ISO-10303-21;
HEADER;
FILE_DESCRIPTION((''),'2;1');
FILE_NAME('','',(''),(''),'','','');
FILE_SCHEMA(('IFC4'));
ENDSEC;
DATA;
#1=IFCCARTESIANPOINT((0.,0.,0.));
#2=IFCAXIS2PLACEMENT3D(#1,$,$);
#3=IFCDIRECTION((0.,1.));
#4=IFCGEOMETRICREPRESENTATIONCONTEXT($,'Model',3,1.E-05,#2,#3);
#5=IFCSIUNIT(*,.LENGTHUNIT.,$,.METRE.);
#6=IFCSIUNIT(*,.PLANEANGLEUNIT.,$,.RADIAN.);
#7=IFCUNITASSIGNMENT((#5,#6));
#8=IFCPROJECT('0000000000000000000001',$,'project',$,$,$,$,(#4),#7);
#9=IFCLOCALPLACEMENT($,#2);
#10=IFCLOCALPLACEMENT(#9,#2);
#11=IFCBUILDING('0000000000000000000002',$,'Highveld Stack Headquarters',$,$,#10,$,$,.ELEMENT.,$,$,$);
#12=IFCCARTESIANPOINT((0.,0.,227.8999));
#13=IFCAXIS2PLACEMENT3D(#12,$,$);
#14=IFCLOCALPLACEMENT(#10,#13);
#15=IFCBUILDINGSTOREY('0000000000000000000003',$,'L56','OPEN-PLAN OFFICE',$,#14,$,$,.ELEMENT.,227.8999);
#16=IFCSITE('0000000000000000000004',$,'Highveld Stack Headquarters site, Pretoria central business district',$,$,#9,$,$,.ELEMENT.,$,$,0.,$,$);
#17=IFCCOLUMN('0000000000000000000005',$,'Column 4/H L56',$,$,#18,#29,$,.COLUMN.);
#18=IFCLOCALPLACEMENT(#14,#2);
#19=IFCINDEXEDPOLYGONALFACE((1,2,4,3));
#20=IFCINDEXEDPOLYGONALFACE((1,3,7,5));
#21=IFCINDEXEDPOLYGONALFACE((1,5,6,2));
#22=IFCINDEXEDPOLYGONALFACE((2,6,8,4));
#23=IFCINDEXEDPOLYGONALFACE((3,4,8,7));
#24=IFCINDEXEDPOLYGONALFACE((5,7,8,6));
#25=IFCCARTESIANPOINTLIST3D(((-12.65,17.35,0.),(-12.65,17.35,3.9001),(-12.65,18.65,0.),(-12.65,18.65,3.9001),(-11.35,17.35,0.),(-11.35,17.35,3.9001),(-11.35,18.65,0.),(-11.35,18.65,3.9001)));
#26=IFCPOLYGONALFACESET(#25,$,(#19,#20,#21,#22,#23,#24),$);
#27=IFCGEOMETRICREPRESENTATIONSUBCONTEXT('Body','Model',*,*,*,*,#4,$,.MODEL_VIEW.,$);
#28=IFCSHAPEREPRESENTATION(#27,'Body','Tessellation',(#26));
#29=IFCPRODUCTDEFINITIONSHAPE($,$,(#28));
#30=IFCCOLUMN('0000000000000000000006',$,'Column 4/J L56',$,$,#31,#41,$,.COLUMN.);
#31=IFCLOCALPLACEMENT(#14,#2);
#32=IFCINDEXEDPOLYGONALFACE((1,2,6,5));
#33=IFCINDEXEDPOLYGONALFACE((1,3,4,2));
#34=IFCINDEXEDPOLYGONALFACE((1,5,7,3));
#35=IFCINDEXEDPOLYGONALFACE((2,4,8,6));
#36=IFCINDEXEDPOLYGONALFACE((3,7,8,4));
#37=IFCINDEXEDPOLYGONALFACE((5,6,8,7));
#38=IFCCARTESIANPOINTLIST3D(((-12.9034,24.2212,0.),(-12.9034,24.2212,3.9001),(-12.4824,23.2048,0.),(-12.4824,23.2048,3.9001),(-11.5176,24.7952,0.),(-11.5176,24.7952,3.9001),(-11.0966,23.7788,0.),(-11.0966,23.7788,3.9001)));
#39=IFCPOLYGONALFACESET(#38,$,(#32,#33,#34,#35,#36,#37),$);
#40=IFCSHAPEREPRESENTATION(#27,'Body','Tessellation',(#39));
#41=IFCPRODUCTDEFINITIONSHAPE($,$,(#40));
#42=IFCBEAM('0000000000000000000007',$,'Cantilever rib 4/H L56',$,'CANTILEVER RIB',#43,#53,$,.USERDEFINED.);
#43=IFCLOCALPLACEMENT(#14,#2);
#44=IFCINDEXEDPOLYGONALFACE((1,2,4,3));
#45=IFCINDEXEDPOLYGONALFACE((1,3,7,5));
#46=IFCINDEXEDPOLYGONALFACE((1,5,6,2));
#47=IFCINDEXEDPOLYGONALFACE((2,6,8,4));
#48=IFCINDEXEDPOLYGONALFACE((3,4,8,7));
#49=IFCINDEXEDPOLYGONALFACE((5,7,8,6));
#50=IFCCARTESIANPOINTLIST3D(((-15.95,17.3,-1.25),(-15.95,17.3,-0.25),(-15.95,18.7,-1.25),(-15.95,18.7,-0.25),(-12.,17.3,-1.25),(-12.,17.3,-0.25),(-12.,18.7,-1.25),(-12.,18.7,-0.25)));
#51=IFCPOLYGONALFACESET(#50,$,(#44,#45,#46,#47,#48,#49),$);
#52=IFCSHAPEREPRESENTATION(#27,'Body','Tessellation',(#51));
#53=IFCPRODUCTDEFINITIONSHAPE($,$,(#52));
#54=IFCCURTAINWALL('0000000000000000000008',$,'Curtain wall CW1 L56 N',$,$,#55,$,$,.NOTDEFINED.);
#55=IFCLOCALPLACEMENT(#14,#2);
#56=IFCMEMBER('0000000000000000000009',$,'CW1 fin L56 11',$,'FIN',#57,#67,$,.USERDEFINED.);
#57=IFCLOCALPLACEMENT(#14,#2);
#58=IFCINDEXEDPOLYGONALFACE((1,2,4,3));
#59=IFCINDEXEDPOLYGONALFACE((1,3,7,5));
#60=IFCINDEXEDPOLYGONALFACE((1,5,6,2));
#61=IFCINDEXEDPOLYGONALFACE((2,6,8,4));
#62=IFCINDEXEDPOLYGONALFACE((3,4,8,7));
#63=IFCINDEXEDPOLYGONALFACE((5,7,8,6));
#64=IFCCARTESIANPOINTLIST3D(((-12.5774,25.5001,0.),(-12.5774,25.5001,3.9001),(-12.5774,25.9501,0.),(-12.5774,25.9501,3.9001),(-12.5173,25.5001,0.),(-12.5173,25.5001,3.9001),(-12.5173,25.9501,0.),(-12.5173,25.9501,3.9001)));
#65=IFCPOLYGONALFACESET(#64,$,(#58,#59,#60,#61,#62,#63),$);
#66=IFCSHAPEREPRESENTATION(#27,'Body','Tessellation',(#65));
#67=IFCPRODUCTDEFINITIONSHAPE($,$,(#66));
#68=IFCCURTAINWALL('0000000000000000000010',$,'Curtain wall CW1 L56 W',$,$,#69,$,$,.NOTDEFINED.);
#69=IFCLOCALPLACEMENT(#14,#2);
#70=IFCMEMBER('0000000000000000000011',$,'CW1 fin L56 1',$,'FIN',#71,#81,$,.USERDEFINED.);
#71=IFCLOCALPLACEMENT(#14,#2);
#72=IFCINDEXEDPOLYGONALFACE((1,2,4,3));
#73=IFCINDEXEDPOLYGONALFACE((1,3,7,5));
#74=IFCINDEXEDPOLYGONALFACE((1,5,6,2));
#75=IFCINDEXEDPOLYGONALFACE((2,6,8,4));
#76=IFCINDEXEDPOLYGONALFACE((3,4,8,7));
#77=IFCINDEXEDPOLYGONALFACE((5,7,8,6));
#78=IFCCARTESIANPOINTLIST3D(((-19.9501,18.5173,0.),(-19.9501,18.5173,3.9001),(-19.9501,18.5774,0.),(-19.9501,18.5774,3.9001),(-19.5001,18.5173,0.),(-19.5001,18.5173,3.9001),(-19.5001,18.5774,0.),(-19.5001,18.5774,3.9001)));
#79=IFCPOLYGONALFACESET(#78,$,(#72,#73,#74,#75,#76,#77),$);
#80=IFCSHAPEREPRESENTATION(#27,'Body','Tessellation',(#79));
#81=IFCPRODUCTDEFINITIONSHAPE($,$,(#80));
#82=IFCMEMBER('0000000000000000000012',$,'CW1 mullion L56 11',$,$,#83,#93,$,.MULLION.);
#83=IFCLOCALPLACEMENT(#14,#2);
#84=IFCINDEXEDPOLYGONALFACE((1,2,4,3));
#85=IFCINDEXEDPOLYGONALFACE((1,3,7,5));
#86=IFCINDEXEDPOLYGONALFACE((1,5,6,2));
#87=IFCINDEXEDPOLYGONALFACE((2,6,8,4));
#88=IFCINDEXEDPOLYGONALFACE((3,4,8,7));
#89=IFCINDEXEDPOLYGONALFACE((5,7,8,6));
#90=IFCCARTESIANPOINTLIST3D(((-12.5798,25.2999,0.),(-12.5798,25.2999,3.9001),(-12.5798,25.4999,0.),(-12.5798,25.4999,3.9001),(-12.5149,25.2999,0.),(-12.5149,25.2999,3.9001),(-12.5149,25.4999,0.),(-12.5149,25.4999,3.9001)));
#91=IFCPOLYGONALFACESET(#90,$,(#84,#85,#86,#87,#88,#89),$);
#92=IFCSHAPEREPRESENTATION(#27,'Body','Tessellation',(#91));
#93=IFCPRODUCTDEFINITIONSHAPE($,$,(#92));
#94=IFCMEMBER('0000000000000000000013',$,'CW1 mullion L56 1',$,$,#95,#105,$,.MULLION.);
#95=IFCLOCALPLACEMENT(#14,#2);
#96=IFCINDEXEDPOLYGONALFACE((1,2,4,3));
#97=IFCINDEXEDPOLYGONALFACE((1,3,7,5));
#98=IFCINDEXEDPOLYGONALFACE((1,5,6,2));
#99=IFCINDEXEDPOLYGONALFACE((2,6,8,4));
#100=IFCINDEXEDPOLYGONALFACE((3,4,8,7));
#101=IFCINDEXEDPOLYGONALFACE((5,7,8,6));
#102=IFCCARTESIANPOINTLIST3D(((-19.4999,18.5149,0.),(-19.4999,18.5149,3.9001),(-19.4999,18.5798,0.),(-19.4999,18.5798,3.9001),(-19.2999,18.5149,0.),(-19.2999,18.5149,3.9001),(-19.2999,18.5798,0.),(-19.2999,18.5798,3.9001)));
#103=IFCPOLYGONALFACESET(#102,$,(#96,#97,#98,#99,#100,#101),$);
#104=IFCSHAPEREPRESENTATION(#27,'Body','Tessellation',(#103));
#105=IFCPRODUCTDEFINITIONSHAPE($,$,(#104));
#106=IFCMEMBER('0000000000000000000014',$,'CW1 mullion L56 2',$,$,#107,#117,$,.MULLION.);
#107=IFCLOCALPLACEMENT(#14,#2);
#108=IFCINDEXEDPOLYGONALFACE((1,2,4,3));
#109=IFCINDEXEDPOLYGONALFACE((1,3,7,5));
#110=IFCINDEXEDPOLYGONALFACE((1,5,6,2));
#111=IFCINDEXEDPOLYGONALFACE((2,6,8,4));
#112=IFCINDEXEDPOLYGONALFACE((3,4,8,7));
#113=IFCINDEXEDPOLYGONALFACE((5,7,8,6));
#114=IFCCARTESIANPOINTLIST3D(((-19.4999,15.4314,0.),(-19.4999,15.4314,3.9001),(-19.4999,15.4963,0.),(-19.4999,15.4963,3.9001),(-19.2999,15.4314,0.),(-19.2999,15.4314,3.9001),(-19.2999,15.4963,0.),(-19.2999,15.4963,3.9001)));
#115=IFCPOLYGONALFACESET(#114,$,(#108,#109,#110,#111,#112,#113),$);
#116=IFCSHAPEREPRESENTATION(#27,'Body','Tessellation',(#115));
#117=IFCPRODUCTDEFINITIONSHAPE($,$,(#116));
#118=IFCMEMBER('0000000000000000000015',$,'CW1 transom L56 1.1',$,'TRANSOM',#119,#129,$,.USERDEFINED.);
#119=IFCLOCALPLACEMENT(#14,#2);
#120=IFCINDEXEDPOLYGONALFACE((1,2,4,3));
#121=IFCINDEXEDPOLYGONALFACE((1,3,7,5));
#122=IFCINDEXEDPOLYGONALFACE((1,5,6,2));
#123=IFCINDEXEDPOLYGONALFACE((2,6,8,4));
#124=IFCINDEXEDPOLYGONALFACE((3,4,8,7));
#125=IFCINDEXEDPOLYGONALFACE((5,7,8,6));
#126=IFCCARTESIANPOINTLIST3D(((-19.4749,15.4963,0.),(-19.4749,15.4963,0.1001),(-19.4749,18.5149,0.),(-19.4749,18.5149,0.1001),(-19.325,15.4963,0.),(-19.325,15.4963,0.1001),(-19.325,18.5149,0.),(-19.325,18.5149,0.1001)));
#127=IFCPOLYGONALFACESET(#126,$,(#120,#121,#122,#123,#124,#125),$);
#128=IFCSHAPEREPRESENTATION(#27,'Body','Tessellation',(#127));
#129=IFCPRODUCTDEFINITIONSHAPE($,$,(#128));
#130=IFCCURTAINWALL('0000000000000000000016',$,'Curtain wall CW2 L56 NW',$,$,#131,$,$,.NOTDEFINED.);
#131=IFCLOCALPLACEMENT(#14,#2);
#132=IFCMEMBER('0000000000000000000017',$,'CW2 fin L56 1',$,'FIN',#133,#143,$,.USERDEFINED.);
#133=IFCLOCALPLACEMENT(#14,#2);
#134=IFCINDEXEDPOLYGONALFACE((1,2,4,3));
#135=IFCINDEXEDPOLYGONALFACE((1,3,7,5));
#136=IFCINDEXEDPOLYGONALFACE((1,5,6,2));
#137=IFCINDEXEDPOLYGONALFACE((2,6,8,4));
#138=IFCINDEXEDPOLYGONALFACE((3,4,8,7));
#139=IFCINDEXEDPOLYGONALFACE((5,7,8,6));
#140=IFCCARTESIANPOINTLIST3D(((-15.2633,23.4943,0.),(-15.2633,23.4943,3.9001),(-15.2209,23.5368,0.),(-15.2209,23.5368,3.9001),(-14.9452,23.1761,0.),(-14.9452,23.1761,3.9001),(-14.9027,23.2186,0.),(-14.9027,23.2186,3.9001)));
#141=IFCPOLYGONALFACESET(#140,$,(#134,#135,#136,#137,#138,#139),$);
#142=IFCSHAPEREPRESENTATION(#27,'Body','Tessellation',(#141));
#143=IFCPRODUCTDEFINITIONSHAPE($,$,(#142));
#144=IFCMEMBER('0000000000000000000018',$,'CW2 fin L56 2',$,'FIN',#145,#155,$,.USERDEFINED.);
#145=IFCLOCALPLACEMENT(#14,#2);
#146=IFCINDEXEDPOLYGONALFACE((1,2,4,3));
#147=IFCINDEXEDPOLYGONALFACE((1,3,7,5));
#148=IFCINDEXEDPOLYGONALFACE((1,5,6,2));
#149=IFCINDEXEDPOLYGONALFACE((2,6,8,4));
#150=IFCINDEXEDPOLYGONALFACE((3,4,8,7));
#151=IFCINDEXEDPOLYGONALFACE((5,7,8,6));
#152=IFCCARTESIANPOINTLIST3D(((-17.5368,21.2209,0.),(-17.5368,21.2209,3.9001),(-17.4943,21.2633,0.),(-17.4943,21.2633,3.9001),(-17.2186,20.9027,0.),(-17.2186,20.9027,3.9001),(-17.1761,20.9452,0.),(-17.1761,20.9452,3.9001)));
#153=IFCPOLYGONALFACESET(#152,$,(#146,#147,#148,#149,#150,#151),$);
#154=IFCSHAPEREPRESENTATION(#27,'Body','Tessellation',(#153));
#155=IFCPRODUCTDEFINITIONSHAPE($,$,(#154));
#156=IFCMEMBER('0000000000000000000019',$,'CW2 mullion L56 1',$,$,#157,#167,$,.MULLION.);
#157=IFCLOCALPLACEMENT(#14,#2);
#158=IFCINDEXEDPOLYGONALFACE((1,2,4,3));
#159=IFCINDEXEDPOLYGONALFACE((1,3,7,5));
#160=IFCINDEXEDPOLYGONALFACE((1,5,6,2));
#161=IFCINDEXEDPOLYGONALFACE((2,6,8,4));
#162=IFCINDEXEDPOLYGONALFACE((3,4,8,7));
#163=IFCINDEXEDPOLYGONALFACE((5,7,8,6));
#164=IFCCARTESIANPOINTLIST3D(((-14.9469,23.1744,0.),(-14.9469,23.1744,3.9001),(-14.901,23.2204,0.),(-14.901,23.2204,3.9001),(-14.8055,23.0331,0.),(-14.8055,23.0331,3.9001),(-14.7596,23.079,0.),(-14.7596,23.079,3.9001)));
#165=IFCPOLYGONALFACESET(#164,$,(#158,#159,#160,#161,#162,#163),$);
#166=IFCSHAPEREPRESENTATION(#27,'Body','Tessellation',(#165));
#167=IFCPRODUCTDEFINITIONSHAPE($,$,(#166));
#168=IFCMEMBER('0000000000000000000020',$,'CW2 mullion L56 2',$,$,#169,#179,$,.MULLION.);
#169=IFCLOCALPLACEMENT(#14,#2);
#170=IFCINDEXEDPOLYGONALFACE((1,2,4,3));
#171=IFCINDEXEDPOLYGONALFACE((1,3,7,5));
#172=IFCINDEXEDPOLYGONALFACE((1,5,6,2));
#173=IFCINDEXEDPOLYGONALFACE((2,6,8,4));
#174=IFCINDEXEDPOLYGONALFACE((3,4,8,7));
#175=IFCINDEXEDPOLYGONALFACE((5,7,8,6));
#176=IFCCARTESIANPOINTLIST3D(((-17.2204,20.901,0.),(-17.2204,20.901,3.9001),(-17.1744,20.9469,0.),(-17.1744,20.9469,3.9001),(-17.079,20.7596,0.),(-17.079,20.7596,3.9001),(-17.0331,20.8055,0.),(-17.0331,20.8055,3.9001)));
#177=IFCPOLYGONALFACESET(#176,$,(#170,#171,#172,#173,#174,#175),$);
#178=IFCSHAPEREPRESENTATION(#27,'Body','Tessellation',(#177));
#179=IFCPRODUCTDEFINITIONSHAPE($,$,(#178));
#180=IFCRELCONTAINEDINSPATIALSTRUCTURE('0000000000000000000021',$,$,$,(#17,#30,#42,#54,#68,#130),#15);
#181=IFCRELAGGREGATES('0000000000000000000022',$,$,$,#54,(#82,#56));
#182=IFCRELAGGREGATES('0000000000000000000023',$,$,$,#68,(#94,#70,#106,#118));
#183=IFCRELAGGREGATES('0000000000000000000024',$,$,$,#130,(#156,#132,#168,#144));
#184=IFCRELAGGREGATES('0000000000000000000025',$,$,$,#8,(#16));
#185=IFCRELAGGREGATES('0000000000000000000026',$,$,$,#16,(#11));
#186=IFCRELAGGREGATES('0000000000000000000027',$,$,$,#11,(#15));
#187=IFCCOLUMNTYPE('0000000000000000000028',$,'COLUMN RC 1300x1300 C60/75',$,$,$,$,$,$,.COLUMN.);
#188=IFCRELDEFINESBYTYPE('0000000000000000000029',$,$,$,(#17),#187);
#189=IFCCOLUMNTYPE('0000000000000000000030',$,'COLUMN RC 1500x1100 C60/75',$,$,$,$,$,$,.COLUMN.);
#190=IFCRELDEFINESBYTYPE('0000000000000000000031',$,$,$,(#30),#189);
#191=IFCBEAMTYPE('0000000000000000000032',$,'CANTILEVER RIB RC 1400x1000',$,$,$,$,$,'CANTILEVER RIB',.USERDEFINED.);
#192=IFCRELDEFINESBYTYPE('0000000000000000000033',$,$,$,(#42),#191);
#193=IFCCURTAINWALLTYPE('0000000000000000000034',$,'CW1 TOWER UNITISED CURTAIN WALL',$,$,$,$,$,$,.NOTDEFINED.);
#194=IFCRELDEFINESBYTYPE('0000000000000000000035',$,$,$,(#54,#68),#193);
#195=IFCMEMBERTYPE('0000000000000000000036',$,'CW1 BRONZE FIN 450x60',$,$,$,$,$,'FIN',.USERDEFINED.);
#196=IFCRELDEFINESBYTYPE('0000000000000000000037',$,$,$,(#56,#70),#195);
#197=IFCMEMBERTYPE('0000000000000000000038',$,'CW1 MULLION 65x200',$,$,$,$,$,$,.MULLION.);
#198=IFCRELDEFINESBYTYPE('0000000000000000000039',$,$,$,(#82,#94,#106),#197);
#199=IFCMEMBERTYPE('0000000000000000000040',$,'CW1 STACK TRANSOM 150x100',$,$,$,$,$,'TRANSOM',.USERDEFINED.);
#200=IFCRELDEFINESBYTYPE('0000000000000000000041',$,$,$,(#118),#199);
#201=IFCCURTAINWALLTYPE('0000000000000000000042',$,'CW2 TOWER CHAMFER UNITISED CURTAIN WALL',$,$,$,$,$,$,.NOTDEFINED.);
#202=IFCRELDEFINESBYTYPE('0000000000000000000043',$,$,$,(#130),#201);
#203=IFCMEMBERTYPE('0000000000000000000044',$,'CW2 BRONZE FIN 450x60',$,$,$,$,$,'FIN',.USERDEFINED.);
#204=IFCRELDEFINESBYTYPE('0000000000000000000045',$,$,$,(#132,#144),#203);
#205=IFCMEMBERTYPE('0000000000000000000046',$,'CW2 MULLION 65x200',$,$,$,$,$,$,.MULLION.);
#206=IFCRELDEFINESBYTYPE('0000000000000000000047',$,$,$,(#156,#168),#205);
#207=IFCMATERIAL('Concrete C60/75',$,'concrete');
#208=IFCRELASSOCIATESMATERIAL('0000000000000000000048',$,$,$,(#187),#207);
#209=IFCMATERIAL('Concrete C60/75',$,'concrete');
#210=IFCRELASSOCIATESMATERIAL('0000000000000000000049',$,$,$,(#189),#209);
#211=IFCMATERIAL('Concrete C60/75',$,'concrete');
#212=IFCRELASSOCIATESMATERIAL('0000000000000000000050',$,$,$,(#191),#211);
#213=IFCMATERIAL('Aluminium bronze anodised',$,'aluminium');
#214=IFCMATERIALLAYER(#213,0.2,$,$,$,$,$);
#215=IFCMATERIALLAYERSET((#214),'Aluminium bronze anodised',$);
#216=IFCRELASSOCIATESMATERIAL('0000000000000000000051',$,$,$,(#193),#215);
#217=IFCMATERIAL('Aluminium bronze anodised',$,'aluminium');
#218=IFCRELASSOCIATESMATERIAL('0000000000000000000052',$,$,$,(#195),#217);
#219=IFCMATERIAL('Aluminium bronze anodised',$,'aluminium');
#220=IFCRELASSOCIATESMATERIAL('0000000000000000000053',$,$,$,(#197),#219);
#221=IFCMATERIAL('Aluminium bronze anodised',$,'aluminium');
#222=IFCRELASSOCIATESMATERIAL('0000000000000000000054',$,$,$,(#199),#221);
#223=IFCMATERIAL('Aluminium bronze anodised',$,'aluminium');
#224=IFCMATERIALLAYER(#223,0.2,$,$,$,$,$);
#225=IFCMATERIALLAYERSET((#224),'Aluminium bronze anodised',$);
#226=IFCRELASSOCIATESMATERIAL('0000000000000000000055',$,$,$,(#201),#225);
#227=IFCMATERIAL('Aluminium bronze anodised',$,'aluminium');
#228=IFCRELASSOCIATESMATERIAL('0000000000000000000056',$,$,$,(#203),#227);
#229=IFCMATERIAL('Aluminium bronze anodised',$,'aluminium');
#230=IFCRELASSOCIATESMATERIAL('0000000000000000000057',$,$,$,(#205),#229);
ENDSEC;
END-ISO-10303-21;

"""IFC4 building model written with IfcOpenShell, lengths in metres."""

from ifc_helpers import new_model, si_unit, direction, frame, origin, origin_2d, place, context, subcontext, project, spatial, rectangle, extrude, material, layer, layer_set, material_profile, profile_set, type_object, element, aggregate, save


model = new_model("IFC4")

# Units and contexts
model_context = context("Model", 3, precision=1e-05, world=origin(), true_north=direction((0.0, 1.0)))
body_context = subcontext(model_context, "Body", "Model", "MODEL_VIEW")
ifc_project = project(units=[si_unit("LENGTHUNIT", "METRE"), si_unit("PLANEANGLEUNIT", "RADIAN")], contexts=[model_context])

# Site, building, storey
site_placement = place(None, origin())
site = spatial("IfcSite", under=ifc_project, at=site_placement, Name="Highveld Stack Headquarters site, Pretoria central business district", CompositionType="ELEMENT", RefElevation=0.0)
building_placement = place(site_placement, origin())
building = spatial("IfcBuilding", under=site, at=building_placement, Name="Highveld Stack Headquarters", CompositionType="ELEMENT")
storey_placement = place(building_placement, frame((0.0, 0.0, 227.8999)))
storey = spatial("IfcBuildingStorey", under=building, at=storey_placement, Name="L56", Description="OPEN-PLAN OFFICE", CompositionType="ELEMENT", Elevation=227.8999)

# Columns
ifc_material_1 = material(Name="Concrete C60/75", Category="concrete")
ifc_material_profile_1 = material_profile(ifc_material_1, rectangle(XDim=1.3, YDim=1.3, at=origin_2d()), Name="RC 1300x1300")
ifc_profile_set_1 = profile_set([ifc_material_profile_1], Name="Concrete C60/75")
column_type_1 = type_object("IfcColumnType", Name="COLUMN RC 1300x1300 C60/75", PredefinedType="COLUMN", material=ifc_profile_set_1)
column_1_placement = place(storey_placement, frame((-12.0, 18.0, 0.0), z_axis=(0.0, 0.0, 1.0), x_axis=(1.0, 0.0, 0.0)))
element("IfcColumn", 1, at=column_1_placement, inside=storey, type_object=column_type_1, Name="Column 4/H L56", PredefinedType="COLUMN", context=body_context, shape_type="SweptSolid", body=[
    extrude(rectangle(XDim=1.3, YDim=1.3, at=origin_2d()), origin(), (0.0, 0.0, 1.0), 3.9001),
])
ifc_material_2 = material(Name="Concrete C60/75", Category="concrete")
ifc_material_profile_2 = material_profile(ifc_material_2, rectangle(XDim=1.5, YDim=1.1001, at=origin_2d()), Name="RC 1500x1100")
ifc_profile_set_2 = profile_set([ifc_material_profile_2], Name="Concrete C60/75")
column_type_2 = type_object("IfcColumnType", Name="COLUMN RC 1500x1100 C60/75", PredefinedType="COLUMN", material=ifc_profile_set_2)
column_2_placement = place(storey_placement, frame((-12.0, 24.0, 0.0), z_axis=(0.0, 0.0, 1.0), x_axis=(0.92388, 0.382683, 0.0)))
element("IfcColumn", 2, at=column_2_placement, inside=storey, type_object=column_type_2, Name="Column 4/J L56", PredefinedType="COLUMN", context=body_context, shape_type="SweptSolid", body=[
    extrude(rectangle(XDim=1.5, YDim=1.1001, at=origin_2d()), origin(), (0.0, 0.0, 1.0), 3.9001),
])

# Beam
ifc_material_3 = material(Name="Concrete C60/75", Category="concrete")
ifc_material_profile_3 = material_profile(ifc_material_3, rectangle(XDim=1.3999, YDim=1.0, at=origin_2d()), Name="RC 1400x1000")
ifc_profile_set_3 = profile_set([ifc_material_profile_3], Name="Concrete C60/75")
beam_type = type_object("IfcBeamType", Name="CANTILEVER RIB RC 1400x1000", ElementType="CANTILEVER RIB", PredefinedType="USERDEFINED", material=ifc_profile_set_3)
beam_placement = place(storey_placement, frame((-12.0, 18.0, -0.75), z_axis=(-1.0, 0.0, 0.0), x_axis=(0.0, -1.0, 0.0)))
element("IfcBeam", 3, at=beam_placement, inside=storey, type_object=beam_type, Name="Cantilever rib 4/H L56", ObjectType="CANTILEVER RIB", PredefinedType="USERDEFINED", context=body_context, shape_type="SweptSolid", body=[
    extrude(rectangle(XDim=1.3999, YDim=1.0, at=origin_2d()), origin(), (0.0, 0.0, 1.0), 3.95),
])

# Curtain walls, members
ifc_material_4 = material(Name="Aluminium bronze anodised", Category="aluminium")
ifc_layer_1 = layer(ifc_material_4, 0.2)
ifc_layer_set_1 = layer_set([ifc_layer_1], Name="Aluminium bronze anodised")
curtain_wall_type_1 = type_object("IfcCurtainWallType", Name="CW1 TOWER UNITISED CURTAIN WALL", PredefinedType="NOTDEFINED", material=ifc_layer_set_1)
curtain_wall_1_placement = place(storey_placement, origin())
curtain_wall_1 = element("IfcCurtainWall", 4, at=curtain_wall_1_placement, inside=storey, type_object=curtain_wall_type_1, Name="Curtain wall CW1 L56 N", PredefinedType="NOTDEFINED")
ifc_material_5 = material(Name="Aluminium bronze anodised", Category="aluminium")
ifc_material_profile_4 = material_profile(ifc_material_5, rectangle(XDim=0.45, YDim=0.0601, at=origin_2d()), Name="FIN 450x60")
ifc_profile_set_4 = profile_set([ifc_material_profile_4], Name="Aluminium bronze anodised")
member_type_1 = type_object("IfcMemberType", Name="CW1 BRONZE FIN 450x60", ElementType="FIN", PredefinedType="USERDEFINED", material=ifc_profile_set_4)
member_1_placement = place(storey_placement, frame((-12.5474, 25.7251, 0.0), z_axis=(0.0, 0.0, 1.0), x_axis=(0.0, -1.0, 0.0)))
member_1 = element("IfcMember", 5, at=member_1_placement, type_object=member_type_1, Name="CW1 fin L56 11", ObjectType="FIN", PredefinedType="USERDEFINED", context=body_context, shape_type="SweptSolid", body=[
    extrude(rectangle(XDim=0.45, YDim=0.0601, at=origin_2d()), origin(), (0.0, 0.0, 1.0), 3.9001),
])
curtain_wall_2_placement = place(storey_placement, origin())
curtain_wall_2 = element("IfcCurtainWall", 6, at=curtain_wall_2_placement, inside=storey, type_object=curtain_wall_type_1, Name="Curtain wall CW1 L56 W", PredefinedType="NOTDEFINED")
member_2_placement = place(storey_placement, frame((-19.7251, 18.5474, 0.0), z_axis=(0.0, 0.0, 1.0), x_axis=(1.0, 0.0, 0.0)))
member_2 = element("IfcMember", 7, at=member_2_placement, type_object=member_type_1, Name="CW1 fin L56 1", ObjectType="FIN", PredefinedType="USERDEFINED", context=body_context, shape_type="SweptSolid", body=[
    extrude(rectangle(XDim=0.45, YDim=0.0601, at=origin_2d()), origin(), (0.0, 0.0, 1.0), 3.9001),
])

# Members
ifc_material_6 = material(Name="Aluminium bronze anodised", Category="aluminium")
ifc_material_profile_5 = material_profile(ifc_material_6, rectangle(XDim=0.2, YDim=0.0649, at=origin_2d()), Name="CW1 MULLION 65x200")
ifc_profile_set_5 = profile_set([ifc_material_profile_5], Name="Aluminium bronze anodised")
member_type_2 = type_object("IfcMemberType", Name="CW1 MULLION 65x200", PredefinedType="MULLION", material=ifc_profile_set_5)
member_3_placement = place(storey_placement, frame((-12.5474, 25.3999, 0.0), z_axis=(0.0, 0.0, 1.0), x_axis=(0.0, -1.0, 0.0)))
member_3 = element("IfcMember", 8, at=member_3_placement, type_object=member_type_2, Name="CW1 mullion L56 11", PredefinedType="MULLION", context=body_context, shape_type="SweptSolid", body=[
    extrude(rectangle(XDim=0.2, YDim=0.0649, at=origin_2d()), origin(), (0.0, 0.0, 1.0), 3.9001),
])
member_4_placement = place(storey_placement, frame((-19.3999, 18.5474, 0.0), z_axis=(0.0, 0.0, 1.0), x_axis=(1.0, 0.0, 0.0)))
member_4 = element("IfcMember", 9, at=member_4_placement, type_object=member_type_2, Name="CW1 mullion L56 1", PredefinedType="MULLION", context=body_context, shape_type="SweptSolid", body=[
    extrude(rectangle(XDim=0.2, YDim=0.0649, at=origin_2d()), origin(), (0.0, 0.0, 1.0), 3.9001),
])
member_5_placement = place(storey_placement, frame((-19.3999, 15.4639, 0.0), z_axis=(0.0, 0.0, 1.0), x_axis=(1.0, 0.0, 0.0)))
member_5 = element("IfcMember", 10, at=member_5_placement, type_object=member_type_2, Name="CW1 mullion L56 2", PredefinedType="MULLION", context=body_context, shape_type="SweptSolid", body=[
    extrude(rectangle(XDim=0.2, YDim=0.0649, at=origin_2d()), origin(), (0.0, 0.0, 1.0), 3.9001),
])
ifc_material_7 = material(Name="Aluminium bronze anodised", Category="aluminium")
ifc_material_profile_6 = material_profile(ifc_material_7, rectangle(XDim=0.1499, YDim=0.1001, at=origin_2d()), Name="CW1 TRANSOM 150x100")
ifc_profile_set_6 = profile_set([ifc_material_profile_6], Name="Aluminium bronze anodised")
member_type_3 = type_object("IfcMemberType", Name="CW1 STACK TRANSOM 150x100", ElementType="TRANSOM", PredefinedType="USERDEFINED", material=ifc_profile_set_6)
member_6_placement = place(storey_placement, frame((-19.3999, 18.5149, 0.05), z_axis=(0.0, -1.0, 0.0), x_axis=(1.0, 0.0, 0.0)))
member_6 = element("IfcMember", 11, at=member_6_placement, type_object=member_type_3, Name="CW1 transom L56 1.1", ObjectType="TRANSOM", PredefinedType="USERDEFINED", context=body_context, shape_type="SweptSolid", body=[
    extrude(rectangle(XDim=0.1499, YDim=0.1001, at=origin_2d()), origin(), (0.0, 0.0, 1.0), 3.0186),
])

# Curtain wall, members
ifc_material_8 = material(Name="Aluminium bronze anodised", Category="aluminium")
ifc_layer_2 = layer(ifc_material_8, 0.2)
ifc_layer_set_2 = layer_set([ifc_layer_2], Name="Aluminium bronze anodised")
curtain_wall_type_2 = type_object("IfcCurtainWallType", Name="CW2 TOWER CHAMFER UNITISED CURTAIN WALL", PredefinedType="NOTDEFINED", material=ifc_layer_set_2)
curtain_wall_3_placement = place(storey_placement, origin())
curtain_wall_3 = element("IfcCurtainWall", 12, at=curtain_wall_3_placement, inside=storey, type_object=curtain_wall_type_2, Name="Curtain wall CW2 L56 NW", PredefinedType="NOTDEFINED")
ifc_material_9 = material(Name="Aluminium bronze anodised", Category="aluminium")
ifc_material_profile_7 = material_profile(ifc_material_9, rectangle(XDim=0.45, YDim=0.0601, at=origin_2d()), Name="FIN 450x60")
ifc_profile_set_7 = profile_set([ifc_material_profile_7], Name="Aluminium bronze anodised")
member_type_4 = type_object("IfcMemberType", Name="CW2 BRONZE FIN 450x60", ElementType="FIN", PredefinedType="USERDEFINED", material=ifc_profile_set_7)
member_7_placement = place(storey_placement, frame((-15.083, 23.3564, 0.0), z_axis=(0.0, 0.0, 1.0), x_axis=(0.707107, -0.707107, 0.0)))
member_7 = element("IfcMember", 13, at=member_7_placement, type_object=member_type_4, Name="CW2 fin L56 1", ObjectType="FIN", PredefinedType="USERDEFINED", context=body_context, shape_type="SweptSolid", body=[
    extrude(rectangle(XDim=0.45, YDim=0.0601, at=origin_2d()), origin(), (0.0, 0.0, 1.0), 3.9001),
])
member_8_placement = place(storey_placement, frame((-17.3564, 21.083, 0.0), z_axis=(0.0, 0.0, 1.0), x_axis=(0.707107, -0.707107, 0.0)))
member_8 = element("IfcMember", 14, at=member_8_placement, type_object=member_type_4, Name="CW2 fin L56 2", ObjectType="FIN", PredefinedType="USERDEFINED", context=body_context, shape_type="SweptSolid", body=[
    extrude(rectangle(XDim=0.45, YDim=0.0601, at=origin_2d()), origin(), (0.0, 0.0, 1.0), 3.9001),
])
ifc_material_10 = material(Name="Aluminium bronze anodised", Category="aluminium")
ifc_material_profile_8 = material_profile(ifc_material_10, rectangle(XDim=0.2, YDim=0.0649, at=origin_2d()), Name="CW2 MULLION 65x200")
ifc_profile_set_8 = profile_set([ifc_material_profile_8], Name="Aluminium bronze anodised")
member_type_5 = type_object("IfcMemberType", Name="CW2 MULLION 65x200", PredefinedType="MULLION", material=ifc_profile_set_8)
member_9_placement = place(storey_placement, frame((-14.8533, 23.1267, 0.0), z_axis=(0.0, 0.0, 1.0), x_axis=(0.707107, -0.707107, 0.0)))
member_9 = element("IfcMember", 15, at=member_9_placement, type_object=member_type_5, Name="CW2 mullion L56 1", PredefinedType="MULLION", context=body_context, shape_type="SweptSolid", body=[
    extrude(rectangle(XDim=0.2, YDim=0.0649, at=origin_2d()), origin(), (0.0, 0.0, 1.0), 3.9001),
])
member_10_placement = place(storey_placement, frame((-17.1267, 20.8533, 0.0), z_axis=(0.0, 0.0, 1.0), x_axis=(0.707107, -0.707107, 0.0)))
member_10 = element("IfcMember", 16, at=member_10_placement, type_object=member_type_5, Name="CW2 mullion L56 2", PredefinedType="MULLION", context=body_context, shape_type="SweptSolid", body=[
    extrude(rectangle(XDim=0.2, YDim=0.0649, at=origin_2d()), origin(), (0.0, 0.0, 1.0), 3.9001),
])

aggregate(curtain_wall_1, [member_3, member_1])
aggregate(curtain_wall_2, [member_4, member_2, member_5, member_6])
aggregate(curtain_wall_3, [member_9, member_7, member_10, member_8])

save(model, "model.ifc")
